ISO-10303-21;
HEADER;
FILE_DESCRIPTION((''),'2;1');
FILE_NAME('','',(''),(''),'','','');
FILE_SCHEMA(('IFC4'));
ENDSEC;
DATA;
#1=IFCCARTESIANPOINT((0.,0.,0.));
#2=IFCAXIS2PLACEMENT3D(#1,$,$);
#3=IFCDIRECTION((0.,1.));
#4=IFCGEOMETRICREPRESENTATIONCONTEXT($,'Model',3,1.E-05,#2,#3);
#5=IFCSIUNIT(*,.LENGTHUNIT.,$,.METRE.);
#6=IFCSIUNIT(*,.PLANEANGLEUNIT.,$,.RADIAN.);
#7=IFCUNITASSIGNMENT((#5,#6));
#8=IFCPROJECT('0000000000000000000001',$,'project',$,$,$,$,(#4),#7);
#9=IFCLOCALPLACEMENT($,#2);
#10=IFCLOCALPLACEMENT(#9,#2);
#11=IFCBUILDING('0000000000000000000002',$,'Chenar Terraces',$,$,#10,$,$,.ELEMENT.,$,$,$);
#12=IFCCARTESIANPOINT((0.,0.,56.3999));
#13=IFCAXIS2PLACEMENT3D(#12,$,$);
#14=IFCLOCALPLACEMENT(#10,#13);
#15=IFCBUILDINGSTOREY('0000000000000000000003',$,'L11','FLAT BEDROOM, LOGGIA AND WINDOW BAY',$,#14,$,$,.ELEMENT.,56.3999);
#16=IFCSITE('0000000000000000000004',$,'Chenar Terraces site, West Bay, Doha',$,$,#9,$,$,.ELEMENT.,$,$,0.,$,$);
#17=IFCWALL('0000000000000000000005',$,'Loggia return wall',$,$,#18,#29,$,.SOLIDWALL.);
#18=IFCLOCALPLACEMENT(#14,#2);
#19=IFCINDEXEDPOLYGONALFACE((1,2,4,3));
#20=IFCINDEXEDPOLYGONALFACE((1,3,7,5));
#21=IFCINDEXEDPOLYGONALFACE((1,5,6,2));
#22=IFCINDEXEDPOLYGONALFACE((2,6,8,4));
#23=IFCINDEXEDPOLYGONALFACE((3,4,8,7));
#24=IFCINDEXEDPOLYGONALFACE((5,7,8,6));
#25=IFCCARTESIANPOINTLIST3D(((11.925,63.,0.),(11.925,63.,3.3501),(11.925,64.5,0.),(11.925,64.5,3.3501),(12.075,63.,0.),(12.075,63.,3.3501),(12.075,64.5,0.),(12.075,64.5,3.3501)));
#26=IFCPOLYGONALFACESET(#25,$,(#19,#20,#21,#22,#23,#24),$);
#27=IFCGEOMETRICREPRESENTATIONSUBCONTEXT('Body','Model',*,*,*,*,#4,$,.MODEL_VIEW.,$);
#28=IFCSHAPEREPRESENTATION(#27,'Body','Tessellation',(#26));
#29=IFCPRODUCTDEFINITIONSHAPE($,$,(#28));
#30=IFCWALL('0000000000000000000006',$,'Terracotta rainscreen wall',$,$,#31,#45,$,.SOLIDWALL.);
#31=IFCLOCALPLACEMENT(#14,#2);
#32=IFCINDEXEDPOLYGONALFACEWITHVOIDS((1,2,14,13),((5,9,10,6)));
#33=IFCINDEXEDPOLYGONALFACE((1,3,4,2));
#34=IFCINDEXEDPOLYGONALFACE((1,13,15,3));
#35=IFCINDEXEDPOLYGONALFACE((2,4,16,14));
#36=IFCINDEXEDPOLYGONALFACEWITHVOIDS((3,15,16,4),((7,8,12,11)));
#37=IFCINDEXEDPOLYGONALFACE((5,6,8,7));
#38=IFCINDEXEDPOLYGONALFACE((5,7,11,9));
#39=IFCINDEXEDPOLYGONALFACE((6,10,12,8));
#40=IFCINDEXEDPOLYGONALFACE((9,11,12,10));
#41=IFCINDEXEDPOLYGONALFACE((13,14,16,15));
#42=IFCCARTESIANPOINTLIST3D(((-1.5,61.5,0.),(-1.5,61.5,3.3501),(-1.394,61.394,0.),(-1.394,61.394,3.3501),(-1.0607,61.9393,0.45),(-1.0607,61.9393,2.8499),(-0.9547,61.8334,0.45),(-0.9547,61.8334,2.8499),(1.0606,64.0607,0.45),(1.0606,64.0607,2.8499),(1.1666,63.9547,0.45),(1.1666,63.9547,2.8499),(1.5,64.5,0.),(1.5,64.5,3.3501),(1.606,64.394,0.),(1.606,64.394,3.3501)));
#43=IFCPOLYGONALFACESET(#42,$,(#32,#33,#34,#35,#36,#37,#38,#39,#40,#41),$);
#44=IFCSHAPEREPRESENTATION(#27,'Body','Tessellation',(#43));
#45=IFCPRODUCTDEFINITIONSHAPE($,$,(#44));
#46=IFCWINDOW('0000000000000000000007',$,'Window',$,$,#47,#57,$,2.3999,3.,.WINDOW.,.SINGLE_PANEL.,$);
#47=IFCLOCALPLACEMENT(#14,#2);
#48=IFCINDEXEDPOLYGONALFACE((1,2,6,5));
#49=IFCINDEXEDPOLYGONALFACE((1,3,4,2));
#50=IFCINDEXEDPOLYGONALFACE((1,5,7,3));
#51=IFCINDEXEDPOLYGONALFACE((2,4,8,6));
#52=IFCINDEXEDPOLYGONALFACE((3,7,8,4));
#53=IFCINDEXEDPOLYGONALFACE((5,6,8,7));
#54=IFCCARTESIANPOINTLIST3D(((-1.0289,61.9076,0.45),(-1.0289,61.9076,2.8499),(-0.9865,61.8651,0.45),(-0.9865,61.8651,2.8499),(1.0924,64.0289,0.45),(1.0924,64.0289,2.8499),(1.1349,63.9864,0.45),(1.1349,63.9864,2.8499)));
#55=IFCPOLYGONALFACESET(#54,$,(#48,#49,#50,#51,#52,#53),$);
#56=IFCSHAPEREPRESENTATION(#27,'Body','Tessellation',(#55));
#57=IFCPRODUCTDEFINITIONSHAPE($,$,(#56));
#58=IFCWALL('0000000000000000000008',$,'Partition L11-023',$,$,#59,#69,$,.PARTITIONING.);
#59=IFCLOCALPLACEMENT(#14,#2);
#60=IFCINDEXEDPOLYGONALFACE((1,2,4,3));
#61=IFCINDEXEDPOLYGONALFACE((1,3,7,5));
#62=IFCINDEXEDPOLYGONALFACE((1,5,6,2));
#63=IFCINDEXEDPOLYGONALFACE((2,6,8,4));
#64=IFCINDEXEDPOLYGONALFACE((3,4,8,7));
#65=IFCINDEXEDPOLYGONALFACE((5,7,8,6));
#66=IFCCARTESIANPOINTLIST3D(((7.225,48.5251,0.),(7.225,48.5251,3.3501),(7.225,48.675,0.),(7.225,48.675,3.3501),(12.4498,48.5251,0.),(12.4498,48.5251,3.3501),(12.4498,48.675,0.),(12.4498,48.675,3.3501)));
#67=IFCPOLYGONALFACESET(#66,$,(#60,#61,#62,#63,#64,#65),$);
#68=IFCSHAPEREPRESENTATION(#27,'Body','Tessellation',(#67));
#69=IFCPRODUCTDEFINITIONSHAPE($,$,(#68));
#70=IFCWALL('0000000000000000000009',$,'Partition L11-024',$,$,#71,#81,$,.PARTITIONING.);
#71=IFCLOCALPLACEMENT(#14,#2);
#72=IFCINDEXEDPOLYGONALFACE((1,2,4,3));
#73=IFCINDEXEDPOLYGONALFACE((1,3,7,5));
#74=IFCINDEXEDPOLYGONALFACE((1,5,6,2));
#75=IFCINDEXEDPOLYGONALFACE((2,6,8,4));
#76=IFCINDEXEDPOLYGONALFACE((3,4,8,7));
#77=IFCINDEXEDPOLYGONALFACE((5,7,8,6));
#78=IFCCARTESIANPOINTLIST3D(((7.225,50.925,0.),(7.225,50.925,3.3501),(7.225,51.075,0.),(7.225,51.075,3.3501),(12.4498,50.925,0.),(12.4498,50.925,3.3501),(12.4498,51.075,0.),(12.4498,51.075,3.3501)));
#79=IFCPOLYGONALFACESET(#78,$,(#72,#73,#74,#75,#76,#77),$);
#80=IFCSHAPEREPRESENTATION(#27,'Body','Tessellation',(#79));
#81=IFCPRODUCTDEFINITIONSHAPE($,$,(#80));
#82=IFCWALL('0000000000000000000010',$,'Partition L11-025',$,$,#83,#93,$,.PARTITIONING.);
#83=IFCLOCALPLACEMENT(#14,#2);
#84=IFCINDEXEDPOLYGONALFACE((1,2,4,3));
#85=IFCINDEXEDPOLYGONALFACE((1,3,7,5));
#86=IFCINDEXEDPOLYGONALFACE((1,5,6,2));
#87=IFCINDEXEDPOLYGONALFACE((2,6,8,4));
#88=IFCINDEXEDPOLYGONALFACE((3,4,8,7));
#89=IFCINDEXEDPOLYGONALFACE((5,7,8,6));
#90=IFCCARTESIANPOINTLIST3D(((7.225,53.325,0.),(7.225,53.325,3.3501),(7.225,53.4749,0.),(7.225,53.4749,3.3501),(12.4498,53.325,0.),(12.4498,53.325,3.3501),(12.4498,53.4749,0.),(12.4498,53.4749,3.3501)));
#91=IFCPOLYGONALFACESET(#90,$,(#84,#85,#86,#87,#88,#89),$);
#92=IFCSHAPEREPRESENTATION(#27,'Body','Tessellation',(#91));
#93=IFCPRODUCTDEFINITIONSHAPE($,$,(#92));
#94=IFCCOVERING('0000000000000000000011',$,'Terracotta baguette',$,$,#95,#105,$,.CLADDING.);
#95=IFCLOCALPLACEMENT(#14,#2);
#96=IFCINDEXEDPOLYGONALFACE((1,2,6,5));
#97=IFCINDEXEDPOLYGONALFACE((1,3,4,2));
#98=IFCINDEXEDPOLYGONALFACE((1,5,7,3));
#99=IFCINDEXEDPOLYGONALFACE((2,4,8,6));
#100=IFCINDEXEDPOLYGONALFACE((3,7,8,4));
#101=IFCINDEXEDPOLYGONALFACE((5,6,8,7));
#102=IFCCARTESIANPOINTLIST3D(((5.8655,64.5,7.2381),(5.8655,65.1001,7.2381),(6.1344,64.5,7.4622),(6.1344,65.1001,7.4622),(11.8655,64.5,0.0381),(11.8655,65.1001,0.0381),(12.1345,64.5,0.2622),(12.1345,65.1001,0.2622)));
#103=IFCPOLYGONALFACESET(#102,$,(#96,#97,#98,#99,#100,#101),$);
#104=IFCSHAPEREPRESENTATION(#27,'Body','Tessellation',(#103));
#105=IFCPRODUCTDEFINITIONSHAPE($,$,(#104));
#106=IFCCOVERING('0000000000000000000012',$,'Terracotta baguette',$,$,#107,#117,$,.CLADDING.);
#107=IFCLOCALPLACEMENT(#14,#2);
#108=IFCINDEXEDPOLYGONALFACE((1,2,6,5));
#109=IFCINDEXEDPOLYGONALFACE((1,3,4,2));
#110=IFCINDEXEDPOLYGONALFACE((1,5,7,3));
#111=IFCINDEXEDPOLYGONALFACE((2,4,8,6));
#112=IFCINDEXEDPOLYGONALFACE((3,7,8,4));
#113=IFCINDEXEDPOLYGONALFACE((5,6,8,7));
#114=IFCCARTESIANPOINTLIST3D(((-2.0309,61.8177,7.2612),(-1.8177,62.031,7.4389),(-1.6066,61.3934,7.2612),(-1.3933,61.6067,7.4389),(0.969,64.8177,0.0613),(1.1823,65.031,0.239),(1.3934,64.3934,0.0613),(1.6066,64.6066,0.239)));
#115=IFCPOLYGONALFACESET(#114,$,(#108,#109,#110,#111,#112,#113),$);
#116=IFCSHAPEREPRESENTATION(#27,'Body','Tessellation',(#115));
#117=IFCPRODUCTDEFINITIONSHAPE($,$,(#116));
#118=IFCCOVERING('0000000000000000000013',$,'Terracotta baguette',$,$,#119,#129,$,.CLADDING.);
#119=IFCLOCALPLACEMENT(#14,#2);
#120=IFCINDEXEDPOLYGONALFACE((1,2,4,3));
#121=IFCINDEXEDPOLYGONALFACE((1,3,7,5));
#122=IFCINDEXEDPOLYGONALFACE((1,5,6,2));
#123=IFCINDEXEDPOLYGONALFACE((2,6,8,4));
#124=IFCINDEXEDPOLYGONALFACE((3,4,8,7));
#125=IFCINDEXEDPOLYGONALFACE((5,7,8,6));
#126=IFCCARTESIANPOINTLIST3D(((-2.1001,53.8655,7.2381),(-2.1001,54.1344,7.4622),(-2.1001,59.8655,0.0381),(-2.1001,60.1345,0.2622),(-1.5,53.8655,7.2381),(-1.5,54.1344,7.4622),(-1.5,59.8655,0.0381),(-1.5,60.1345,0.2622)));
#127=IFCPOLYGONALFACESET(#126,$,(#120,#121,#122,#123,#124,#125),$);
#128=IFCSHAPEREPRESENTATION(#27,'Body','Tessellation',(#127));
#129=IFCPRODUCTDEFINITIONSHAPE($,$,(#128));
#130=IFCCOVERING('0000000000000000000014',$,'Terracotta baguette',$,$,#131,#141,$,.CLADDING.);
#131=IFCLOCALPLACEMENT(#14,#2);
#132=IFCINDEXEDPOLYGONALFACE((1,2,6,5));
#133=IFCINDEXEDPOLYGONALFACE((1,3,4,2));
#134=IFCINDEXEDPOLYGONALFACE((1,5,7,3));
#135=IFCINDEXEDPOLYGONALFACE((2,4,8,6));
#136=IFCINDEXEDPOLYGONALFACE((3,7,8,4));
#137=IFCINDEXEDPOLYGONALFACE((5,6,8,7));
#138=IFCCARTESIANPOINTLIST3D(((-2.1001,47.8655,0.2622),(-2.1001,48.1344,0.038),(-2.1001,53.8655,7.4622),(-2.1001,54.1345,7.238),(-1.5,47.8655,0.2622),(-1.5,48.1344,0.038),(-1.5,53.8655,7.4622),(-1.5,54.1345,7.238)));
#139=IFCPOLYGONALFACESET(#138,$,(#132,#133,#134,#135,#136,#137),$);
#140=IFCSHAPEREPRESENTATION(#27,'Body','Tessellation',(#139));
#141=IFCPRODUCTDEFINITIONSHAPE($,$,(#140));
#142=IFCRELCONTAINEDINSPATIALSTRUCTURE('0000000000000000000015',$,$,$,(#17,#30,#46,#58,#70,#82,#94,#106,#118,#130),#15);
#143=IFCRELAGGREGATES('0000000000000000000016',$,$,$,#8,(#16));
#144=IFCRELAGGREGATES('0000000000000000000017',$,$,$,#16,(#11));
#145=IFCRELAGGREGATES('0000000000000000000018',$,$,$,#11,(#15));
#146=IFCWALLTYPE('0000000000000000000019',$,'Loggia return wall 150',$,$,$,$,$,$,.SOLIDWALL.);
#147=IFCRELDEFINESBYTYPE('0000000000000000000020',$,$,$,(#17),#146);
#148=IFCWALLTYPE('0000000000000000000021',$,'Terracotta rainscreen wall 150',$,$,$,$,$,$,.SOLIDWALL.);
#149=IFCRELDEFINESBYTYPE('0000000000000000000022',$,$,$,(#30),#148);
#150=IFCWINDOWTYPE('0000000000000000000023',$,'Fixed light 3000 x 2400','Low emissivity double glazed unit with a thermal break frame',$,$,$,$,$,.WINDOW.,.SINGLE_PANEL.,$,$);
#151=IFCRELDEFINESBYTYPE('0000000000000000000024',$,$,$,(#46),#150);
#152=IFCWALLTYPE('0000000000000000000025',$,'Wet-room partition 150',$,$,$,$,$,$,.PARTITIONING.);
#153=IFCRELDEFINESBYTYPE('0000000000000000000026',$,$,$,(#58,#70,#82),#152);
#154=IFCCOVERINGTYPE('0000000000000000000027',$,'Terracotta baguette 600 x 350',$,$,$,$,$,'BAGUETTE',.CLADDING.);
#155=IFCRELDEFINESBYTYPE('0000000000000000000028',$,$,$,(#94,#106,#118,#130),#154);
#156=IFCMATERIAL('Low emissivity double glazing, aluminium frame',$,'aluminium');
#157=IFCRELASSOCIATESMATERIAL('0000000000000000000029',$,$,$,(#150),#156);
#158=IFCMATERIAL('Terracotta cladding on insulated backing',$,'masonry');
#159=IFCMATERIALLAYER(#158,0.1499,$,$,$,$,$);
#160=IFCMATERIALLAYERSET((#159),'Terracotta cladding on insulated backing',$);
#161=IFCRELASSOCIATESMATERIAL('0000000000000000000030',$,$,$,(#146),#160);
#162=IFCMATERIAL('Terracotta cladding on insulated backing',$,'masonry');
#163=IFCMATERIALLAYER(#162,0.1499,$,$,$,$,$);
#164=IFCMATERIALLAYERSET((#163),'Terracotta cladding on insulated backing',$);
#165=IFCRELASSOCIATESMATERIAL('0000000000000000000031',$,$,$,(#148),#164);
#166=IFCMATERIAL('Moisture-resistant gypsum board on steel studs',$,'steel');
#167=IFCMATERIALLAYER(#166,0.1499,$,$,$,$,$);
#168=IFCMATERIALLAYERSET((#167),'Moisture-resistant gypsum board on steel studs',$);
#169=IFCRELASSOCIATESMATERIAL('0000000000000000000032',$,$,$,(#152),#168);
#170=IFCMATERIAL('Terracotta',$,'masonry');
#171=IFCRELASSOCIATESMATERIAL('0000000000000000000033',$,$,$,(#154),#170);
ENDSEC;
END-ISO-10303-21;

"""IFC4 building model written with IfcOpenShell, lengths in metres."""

from ifc_helpers import new_model, si_unit, direction, frame, frame_2d, origin, origin_2d, place, context, subcontext, project, spatial, rectangle, extrude, material, layer, layer_set, material_profile, profile_set, type_object, element, fill, save


model = new_model("IFC4")

# Units and contexts
model_context = context("Model", 3, precision=1e-05, world=origin(), true_north=direction((0.0, 1.0)))
body_context = subcontext(model_context, "Body", "Model", "MODEL_VIEW")
ifc_project = project(units=[si_unit("LENGTHUNIT", "METRE"), si_unit("PLANEANGLEUNIT", "RADIAN")], contexts=[model_context])

# Site, building, storey
site_placement = place(None, origin())
site = spatial("IfcSite", under=ifc_project, at=site_placement, Name="Chenar Terraces site, West Bay, Doha", CompositionType="ELEMENT", RefElevation=0.0)
building_placement = place(site_placement, origin())
building = spatial("IfcBuilding", under=site, at=building_placement, Name="Chenar Terraces", CompositionType="ELEMENT")
storey_placement = place(building_placement, frame((0.0, 0.0, 56.3999)))
storey = spatial("IfcBuildingStorey", under=building, at=storey_placement, Name="L11", Description="FLAT BEDROOM, LOGGIA AND WINDOW BAY", CompositionType="ELEMENT", Elevation=56.3999)

# Shared definitions
ifc_material_1 = material(Name="Low emissivity double glazing, aluminium frame", Category="aluminium")
window_type_1 = type_object("IfcWindowType", Name="Fixed light 3000 x 2400", Description="Low emissivity double glazed unit with a thermal break frame", PartitioningType="SINGLE_PANEL", PredefinedType="WINDOW", material=ifc_material_1)

# Wall
ifc_material_2 = material(Name="Terracotta cladding on insulated backing", Category="masonry")
ifc_layer_1 = layer(ifc_material_2, 0.1499)
ifc_layer_set_1 = layer_set([ifc_layer_1], Name="Terracotta cladding on insulated backing")
wall_type_1 = type_object("IfcWallType", Name="Loggia return wall 150", PredefinedType="SOLIDWALL", material=ifc_layer_set_1)
wall_1_placement = place(storey_placement, frame((12.0, 64.5, 0.0), z_axis=(0.0, 0.0, 1.0), x_axis=(0.0, -1.0, 0.0)))
element("IfcWall", 1, at=wall_1_placement, inside=storey, type_object=wall_type_1, Name="Loggia return wall", PredefinedType="SOLIDWALL", context=body_context, shape_type="SweptSolid", body=[
    extrude(rectangle(XDim=1.5, YDim=0.1499, at=frame_2d((0.75, 0.0))), origin(), (0.0, 0.0, 1.0), 3.3501),
])

# Wall, opening, window
ifc_material_3 = material(Name="Terracotta cladding on insulated backing", Category="masonry")
ifc_layer_2 = layer(ifc_material_3, 0.1499)
ifc_layer_set_2 = layer_set([ifc_layer_2], Name="Terracotta cladding on insulated backing")
wall_type_2 = type_object("IfcWallType", Name="Terracotta rainscreen wall 150", PredefinedType="SOLIDWALL", material=ifc_layer_set_2)
wall_2_placement = place(storey_placement, frame((1.553, 64.447, 0.0), z_axis=(0.0, 0.0, 1.0), x_axis=(-0.707107, -0.707107, 0.0)))
wall_2 = element("IfcWall", 2, at=wall_2_placement, inside=storey, type_object=wall_type_2, Name="Terracotta rainscreen wall", PredefinedType="SOLIDWALL", context=body_context, shape_type="SweptSolid", body=[
    extrude(rectangle(XDim=4.2427, YDim=0.1499, at=frame_2d((2.1213, 0.0))), origin(), (0.0, 0.0, 1.0), 3.3501),
])
opening_1_placement = place(wall_2_placement, frame((0.6213, 0.0, 0.45)))
opening_1 = element("IfcOpeningElement", 3, at=opening_1_placement, cuts=wall_2, PredefinedType="OPENING", context=body_context, shape_type="SweptSolid", body=[
    extrude(rectangle(XDim=3.0, YDim=2.3999, at=frame_2d((1.5, 1.2))), frame((0.0, 0.085, 0.0), z_axis=(0.0, -1.0, 0.0), x_axis=(1.0, 0.0, 0.0)), (0.0, 0.0, 1.0), 0.1699),
])
window_1_placement = place(opening_1_placement, origin())
window_1 = element("IfcWindow", 4, at=window_1_placement, inside=storey, type_object=window_type_1, Name="Window", OverallHeight=2.3999, OverallWidth=3.0, PartitioningType="SINGLE_PANEL", PredefinedType="WINDOW", context=body_context, shape_type="SweptSolid", body=[
    extrude(rectangle(XDim=3.0, YDim=2.3999, at=frame_2d((1.5, 1.2))), frame((0.0, 0.03, 0.0), z_axis=(0.0, -1.0, 0.0), x_axis=(1.0, 0.0, 0.0)), (0.0, 0.0, 1.0), 0.0601),
])
fill(opening_1, window_1)

# Walls
ifc_material_4 = material(Name="Moisture-resistant gypsum board on steel studs", Category="steel")
ifc_layer_3 = layer(ifc_material_4, 0.1499)
ifc_layer_set_3 = layer_set([ifc_layer_3], Name="Moisture-resistant gypsum board on steel studs")
wall_type_3 = type_object("IfcWallType", Name="Wet-room partition 150", PredefinedType="PARTITIONING", material=ifc_layer_set_3)
for number, where, z_axis, x_axis, name in (
    (5, (7.2251, 48.6001, 0.0), (0.0, 0.0, 1.0), (1.0, 0.0, 0.0), "Partition L11-023"),
    (6, (7.2251, 51.0, 0.0), (0.0, 0.0, 1.0), (1.0, 0.0, 0.0), "Partition L11-024"),
    (7, (7.2251, 53.3999, 0.0), (0.0, 0.0, 1.0), (1.0, 0.0, 0.0), "Partition L11-025"),
):
    element("IfcWall", number, at=place(storey_placement, frame(where, z_axis=z_axis, x_axis=x_axis)), inside=storey, type_object=wall_type_3, Name=name, PredefinedType="PARTITIONING", context=body_context, shape_type="SweptSolid", body=[
        extrude(rectangle(XDim=5.2249, YDim=0.1499, at=frame_2d((2.6123, 0.0))), origin(), (0.0, 0.0, 1.0), 3.3501),
    ])

# Coverings
ifc_material_5 = material(Name="Terracotta", Category="masonry")
ifc_material_profile_1 = material_profile(ifc_material_5, rectangle(XDim=0.6001, YDim=0.3501, at=origin_2d()), Name="Terracotta baguette 600 x 350")
ifc_profile_set_1 = profile_set([ifc_material_profile_1], Name="Terracotta")
covering_type = type_object("IfcCoveringType", Name="Terracotta baguette 600 x 350", ElementType="BAGUETTE", PredefinedType="CLADDING", material=ifc_profile_set_1)
covering_1_placement = place(storey_placement, frame((12.0, 64.8, 0.1501), z_axis=(-0.640187, 0.0, 0.768219), x_axis=(0.0, -1.0, 0.0)))
element("IfcCovering", 8, at=covering_1_placement, inside=storey, type_object=covering_type, Name="Terracotta baguette", PredefinedType="CLADDING", context=body_context, shape_type="SweptSolid", body=[
    extrude(rectangle(XDim=0.6001, YDim=0.3501, at=origin_2d()), origin(), (0.0, 0.0, 1.0), 9.3723),
])
covering_2_placement = place(storey_placement, frame((1.2878, 64.7122, 0.1501), z_axis=(-0.358981, -0.358981, 0.861548), x_axis=(0.707107, -0.707107, 0.0)))
element("IfcCovering", 9, at=covering_2_placement, inside=storey, type_object=covering_type, Name="Terracotta baguette", PredefinedType="CLADDING", context=body_context, shape_type="SweptSolid", body=[
    extrude(rectangle(XDim=0.6001, YDim=0.3501, at=origin_2d()), origin(), (0.0, 0.0, 1.0), 8.3569),
])
for number, where, z_axis, x_axis, name in (
    (10, (-1.8, 60.0, 0.1501), (0.0, -0.640187, 0.768219), (1.0, 0.0, 0.0), "Terracotta baguette"),
    (11, (-1.8, 54.0, 7.3501), (0.0, -0.640187, -0.768219), (1.0, 0.0, 0.0), "Terracotta baguette"),
):
    element("IfcCovering", number, at=place(storey_placement, frame(where, z_axis=z_axis, x_axis=x_axis)), inside=storey, type_object=covering_type, Name=name, PredefinedType="CLADDING", context=body_context, shape_type="SweptSolid", body=[
        extrude(rectangle(XDim=0.6001, YDim=0.3501, at=origin_2d()), origin(), (0.0, 0.0, 1.0), 9.3723),
    ])

save(model, "model.ifc")
